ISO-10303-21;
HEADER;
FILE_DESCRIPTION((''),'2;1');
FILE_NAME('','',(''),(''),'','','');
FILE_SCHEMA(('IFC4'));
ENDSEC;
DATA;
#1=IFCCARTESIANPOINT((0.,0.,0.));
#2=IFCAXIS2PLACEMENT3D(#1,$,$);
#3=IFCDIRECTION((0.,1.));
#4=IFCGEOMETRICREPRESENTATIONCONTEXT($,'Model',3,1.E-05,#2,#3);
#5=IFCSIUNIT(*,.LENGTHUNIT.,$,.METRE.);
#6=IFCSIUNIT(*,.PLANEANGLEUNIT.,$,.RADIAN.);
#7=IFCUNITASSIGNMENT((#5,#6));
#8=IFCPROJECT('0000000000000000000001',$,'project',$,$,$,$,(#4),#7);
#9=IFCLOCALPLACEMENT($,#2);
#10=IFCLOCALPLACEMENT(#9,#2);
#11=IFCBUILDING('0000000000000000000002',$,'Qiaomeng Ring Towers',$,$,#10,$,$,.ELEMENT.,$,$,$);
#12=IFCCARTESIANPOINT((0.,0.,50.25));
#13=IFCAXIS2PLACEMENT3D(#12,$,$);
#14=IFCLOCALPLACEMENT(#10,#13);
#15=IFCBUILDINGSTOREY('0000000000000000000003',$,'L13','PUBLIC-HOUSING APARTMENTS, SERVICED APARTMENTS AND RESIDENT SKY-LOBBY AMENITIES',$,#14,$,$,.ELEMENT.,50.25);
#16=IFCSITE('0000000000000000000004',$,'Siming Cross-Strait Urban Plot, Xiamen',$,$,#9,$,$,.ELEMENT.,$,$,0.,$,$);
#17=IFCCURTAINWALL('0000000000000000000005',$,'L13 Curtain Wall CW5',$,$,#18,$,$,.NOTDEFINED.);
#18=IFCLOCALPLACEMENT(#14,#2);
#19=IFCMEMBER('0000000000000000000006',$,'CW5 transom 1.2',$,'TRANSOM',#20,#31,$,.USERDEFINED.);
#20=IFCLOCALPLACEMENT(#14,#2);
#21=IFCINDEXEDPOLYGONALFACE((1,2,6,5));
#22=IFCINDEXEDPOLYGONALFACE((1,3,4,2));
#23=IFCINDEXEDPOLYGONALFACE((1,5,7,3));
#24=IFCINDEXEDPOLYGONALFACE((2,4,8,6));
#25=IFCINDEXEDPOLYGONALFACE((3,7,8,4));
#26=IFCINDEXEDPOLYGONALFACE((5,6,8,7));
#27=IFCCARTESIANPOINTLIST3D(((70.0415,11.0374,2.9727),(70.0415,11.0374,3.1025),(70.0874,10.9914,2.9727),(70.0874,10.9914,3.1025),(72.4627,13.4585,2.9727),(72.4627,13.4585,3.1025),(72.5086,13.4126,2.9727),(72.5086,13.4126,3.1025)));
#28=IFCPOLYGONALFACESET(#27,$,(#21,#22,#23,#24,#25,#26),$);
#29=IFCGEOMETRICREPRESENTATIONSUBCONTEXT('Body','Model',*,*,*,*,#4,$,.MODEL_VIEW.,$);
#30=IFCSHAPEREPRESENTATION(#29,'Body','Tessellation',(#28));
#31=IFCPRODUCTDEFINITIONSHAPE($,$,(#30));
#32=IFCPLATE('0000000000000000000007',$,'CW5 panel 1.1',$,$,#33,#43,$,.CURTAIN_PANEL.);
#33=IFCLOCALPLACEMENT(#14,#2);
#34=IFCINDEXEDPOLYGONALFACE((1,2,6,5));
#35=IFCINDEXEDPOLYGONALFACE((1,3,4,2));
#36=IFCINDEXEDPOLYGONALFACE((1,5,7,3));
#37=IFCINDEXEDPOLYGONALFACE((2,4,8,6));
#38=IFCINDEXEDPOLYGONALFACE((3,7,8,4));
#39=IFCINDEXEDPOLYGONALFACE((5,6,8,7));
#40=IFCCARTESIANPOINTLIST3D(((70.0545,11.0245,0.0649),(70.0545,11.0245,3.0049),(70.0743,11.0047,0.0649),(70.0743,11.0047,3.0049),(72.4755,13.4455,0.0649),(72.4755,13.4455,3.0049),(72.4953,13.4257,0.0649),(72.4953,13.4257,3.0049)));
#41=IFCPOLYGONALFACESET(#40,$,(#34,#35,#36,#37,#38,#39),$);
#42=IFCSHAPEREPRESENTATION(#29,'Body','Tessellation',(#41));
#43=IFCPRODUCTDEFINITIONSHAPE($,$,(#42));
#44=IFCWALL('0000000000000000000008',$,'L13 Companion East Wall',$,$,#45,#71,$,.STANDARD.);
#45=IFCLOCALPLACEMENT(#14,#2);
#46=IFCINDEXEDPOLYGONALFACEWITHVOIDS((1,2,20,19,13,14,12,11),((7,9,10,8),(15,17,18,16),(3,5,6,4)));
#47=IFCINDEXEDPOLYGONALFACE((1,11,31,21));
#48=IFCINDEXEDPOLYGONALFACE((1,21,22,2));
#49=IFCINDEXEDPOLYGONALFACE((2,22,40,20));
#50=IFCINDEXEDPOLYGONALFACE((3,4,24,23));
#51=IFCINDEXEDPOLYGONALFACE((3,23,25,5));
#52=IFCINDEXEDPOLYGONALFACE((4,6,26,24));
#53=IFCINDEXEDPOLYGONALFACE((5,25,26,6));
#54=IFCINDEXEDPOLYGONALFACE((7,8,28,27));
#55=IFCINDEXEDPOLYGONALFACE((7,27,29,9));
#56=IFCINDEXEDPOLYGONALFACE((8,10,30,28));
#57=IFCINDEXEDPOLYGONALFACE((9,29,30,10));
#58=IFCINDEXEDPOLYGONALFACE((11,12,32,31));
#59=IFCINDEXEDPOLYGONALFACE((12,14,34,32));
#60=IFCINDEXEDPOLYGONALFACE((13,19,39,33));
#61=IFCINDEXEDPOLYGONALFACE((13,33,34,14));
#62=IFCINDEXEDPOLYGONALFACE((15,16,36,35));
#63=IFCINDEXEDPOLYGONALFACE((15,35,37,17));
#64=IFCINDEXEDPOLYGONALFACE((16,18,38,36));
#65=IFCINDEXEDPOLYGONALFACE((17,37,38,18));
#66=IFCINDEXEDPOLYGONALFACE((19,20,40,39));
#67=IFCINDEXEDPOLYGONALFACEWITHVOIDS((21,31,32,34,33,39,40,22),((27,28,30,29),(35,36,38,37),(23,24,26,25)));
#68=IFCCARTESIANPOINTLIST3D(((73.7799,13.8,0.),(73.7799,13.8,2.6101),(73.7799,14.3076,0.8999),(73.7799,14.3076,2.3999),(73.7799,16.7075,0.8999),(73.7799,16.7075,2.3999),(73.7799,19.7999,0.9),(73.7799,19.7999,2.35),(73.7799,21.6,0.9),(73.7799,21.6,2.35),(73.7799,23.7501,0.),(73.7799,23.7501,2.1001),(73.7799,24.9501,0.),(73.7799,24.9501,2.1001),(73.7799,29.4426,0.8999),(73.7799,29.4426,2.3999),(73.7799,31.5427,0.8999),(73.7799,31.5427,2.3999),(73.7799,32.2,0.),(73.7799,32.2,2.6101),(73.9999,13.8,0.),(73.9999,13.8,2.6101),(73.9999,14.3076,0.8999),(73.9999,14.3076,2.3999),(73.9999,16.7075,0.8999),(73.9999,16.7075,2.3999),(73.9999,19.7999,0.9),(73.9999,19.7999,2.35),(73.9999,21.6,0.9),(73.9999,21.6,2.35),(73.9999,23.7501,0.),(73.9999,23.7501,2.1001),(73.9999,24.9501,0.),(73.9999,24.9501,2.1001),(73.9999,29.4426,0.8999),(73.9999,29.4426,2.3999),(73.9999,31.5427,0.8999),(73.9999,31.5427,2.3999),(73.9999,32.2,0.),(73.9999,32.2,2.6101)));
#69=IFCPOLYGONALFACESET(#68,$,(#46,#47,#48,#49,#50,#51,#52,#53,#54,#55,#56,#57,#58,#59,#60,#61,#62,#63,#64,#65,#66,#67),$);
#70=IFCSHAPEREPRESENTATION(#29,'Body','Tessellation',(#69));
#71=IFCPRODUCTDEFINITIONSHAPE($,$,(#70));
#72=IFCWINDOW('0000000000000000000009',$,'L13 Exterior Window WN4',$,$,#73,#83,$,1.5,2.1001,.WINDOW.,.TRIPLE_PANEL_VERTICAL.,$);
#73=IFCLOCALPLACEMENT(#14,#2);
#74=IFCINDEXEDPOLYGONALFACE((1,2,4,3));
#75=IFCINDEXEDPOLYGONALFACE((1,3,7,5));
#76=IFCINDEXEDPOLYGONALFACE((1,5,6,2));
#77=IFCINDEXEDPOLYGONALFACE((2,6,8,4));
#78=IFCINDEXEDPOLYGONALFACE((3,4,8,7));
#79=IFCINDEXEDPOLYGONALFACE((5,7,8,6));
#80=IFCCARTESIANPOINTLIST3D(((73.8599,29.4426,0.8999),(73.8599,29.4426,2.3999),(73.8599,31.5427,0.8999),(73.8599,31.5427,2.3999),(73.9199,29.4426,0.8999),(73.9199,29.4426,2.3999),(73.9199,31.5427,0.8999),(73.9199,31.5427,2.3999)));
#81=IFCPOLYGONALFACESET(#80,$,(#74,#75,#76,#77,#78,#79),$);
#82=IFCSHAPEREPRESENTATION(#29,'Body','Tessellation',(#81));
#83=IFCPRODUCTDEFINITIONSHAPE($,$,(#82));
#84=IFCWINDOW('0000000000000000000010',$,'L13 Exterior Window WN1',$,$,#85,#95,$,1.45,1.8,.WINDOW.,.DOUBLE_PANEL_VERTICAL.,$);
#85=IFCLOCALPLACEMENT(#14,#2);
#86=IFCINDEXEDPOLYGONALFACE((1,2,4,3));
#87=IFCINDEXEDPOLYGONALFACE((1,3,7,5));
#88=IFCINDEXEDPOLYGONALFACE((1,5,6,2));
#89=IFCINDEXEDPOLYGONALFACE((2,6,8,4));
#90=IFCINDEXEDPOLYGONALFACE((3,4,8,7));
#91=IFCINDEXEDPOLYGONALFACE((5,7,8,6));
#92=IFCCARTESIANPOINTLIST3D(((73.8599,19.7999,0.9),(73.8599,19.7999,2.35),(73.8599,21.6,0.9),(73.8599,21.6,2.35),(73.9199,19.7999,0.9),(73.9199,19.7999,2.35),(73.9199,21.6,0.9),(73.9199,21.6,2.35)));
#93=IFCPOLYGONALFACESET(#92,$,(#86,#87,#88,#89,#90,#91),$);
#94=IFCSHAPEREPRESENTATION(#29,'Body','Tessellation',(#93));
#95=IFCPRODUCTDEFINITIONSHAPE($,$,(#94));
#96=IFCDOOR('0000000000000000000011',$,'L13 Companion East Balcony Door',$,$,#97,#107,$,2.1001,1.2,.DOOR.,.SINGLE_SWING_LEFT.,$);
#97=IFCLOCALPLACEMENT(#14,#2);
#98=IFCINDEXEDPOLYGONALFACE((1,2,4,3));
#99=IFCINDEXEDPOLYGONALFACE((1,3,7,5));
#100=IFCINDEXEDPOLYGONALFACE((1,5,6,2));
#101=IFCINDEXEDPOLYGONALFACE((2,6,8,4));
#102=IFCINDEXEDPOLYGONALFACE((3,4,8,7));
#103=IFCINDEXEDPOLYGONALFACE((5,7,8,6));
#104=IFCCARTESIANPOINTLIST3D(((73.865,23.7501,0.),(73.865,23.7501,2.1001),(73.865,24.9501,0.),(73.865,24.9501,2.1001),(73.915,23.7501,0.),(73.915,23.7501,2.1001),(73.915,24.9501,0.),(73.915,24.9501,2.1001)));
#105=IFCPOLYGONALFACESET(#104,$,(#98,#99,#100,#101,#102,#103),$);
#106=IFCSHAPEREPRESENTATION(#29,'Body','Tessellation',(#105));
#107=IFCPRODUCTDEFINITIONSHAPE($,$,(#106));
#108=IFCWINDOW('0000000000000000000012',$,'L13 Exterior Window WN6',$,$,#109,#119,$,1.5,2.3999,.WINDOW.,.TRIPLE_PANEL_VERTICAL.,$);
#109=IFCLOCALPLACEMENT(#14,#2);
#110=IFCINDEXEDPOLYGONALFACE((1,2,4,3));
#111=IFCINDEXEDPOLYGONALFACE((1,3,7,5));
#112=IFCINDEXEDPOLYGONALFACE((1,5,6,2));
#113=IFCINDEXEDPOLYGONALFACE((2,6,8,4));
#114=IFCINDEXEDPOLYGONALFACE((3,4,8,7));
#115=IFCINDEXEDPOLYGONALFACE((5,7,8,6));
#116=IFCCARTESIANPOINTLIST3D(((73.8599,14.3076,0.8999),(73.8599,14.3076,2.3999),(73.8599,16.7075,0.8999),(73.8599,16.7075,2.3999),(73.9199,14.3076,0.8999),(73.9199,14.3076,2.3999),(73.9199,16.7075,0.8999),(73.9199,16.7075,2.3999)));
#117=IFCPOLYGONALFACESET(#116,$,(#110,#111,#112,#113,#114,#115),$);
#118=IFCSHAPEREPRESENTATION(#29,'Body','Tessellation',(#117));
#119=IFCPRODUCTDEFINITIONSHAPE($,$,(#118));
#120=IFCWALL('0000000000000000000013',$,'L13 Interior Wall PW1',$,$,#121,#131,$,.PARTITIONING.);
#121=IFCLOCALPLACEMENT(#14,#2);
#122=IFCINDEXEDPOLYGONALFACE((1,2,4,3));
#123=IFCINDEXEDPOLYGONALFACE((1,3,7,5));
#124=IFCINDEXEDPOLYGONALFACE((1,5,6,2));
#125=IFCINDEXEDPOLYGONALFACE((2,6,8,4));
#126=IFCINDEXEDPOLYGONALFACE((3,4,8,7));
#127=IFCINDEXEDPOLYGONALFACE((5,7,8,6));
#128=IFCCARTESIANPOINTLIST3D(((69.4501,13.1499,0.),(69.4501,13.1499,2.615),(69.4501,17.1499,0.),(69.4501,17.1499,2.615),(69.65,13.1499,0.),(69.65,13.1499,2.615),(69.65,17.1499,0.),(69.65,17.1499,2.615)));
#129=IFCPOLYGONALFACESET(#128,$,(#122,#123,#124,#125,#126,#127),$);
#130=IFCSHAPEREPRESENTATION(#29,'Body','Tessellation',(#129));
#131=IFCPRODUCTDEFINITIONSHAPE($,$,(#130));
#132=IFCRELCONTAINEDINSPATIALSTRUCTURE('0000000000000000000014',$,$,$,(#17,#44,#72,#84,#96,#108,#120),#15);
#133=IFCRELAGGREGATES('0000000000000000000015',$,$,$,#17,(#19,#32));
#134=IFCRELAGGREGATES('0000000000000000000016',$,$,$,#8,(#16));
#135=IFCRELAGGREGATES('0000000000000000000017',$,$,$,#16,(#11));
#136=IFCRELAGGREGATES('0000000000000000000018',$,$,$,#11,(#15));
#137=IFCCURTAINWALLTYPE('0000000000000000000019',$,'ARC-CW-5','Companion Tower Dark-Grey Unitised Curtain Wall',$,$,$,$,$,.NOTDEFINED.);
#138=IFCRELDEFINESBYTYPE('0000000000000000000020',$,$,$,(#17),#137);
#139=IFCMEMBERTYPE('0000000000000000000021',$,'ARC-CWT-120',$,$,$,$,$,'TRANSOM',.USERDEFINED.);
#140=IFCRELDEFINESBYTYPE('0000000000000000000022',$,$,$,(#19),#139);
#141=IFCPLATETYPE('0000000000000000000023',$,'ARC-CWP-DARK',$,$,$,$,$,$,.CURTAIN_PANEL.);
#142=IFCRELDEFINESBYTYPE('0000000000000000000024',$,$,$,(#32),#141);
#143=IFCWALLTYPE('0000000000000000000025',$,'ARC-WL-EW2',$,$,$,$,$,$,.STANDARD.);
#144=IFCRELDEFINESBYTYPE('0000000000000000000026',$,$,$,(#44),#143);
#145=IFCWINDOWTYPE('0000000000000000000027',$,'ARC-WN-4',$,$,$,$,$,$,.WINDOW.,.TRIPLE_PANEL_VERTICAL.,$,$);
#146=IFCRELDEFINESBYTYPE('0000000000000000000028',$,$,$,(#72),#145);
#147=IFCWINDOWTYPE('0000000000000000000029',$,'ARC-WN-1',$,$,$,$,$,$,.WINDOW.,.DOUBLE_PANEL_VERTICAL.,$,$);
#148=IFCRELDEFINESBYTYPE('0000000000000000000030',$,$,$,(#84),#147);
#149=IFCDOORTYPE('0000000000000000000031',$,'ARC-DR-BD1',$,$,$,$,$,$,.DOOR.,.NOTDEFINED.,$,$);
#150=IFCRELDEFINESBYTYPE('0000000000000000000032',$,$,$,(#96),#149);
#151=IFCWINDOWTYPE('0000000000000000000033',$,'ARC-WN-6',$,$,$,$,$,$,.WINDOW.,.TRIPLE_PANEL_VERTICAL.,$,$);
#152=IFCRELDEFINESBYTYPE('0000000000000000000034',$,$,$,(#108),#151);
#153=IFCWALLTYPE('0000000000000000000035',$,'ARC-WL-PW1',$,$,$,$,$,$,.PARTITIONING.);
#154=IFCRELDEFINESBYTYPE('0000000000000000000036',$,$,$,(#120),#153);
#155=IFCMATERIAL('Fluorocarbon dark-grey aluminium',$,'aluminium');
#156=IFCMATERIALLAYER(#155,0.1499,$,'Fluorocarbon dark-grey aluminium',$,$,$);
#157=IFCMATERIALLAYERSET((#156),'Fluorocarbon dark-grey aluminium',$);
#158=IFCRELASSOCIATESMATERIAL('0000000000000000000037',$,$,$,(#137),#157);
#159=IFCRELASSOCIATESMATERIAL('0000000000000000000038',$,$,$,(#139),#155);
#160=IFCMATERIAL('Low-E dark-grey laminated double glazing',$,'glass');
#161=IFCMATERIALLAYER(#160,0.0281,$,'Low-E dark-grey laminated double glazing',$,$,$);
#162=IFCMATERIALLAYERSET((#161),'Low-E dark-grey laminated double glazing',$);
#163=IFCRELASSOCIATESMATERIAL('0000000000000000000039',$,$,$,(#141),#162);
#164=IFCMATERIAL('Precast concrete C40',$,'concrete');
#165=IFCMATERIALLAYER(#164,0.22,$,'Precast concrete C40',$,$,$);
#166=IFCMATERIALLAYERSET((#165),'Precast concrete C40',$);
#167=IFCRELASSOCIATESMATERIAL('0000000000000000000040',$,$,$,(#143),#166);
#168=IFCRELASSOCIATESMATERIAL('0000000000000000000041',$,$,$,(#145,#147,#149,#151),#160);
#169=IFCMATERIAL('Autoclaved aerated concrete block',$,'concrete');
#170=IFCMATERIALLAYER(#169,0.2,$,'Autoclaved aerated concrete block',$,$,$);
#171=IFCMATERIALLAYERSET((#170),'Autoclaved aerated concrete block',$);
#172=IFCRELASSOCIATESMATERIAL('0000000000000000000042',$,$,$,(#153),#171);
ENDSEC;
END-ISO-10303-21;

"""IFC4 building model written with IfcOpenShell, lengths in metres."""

from ifc_helpers import new_model, si_unit, direction, frame, frame_2d, origin, origin_2d, place, context, subcontext, project, spatial, rectangle, extrude, source, transform, mapped, material, layer, layer_set, material_profile, profile_set, type_object, element, fill, aggregate, save


model = new_model("IFC4")

# Units and contexts
model_context = context("Model", 3, precision=1e-05, world=origin(), true_north=direction((0.0, 1.0)))
body_context = subcontext(model_context, "Body", "Model", "MODEL_VIEW")
ifc_project = project(units=[si_unit("LENGTHUNIT", "METRE"), si_unit("PLANEANGLEUNIT", "RADIAN")], contexts=[model_context])

# Site, building, storey
site_placement = place(None, origin())
site = spatial("IfcSite", under=ifc_project, at=site_placement, Name="Siming Cross-Strait Urban Plot, Xiamen", CompositionType="ELEMENT", RefElevation=0.0)
building_placement = place(site_placement, origin())
building = spatial("IfcBuilding", under=site, at=building_placement, Name="Qiaomeng Ring Towers", CompositionType="ELEMENT")
storey_placement = place(building_placement, frame((0.0, 0.0, 50.25)))
storey = spatial("IfcBuildingStorey", under=building, at=storey_placement, Name="L13", Description="PUBLIC-HOUSING APARTMENTS, SERVICED APARTMENTS AND RESIDENT SKY-LOBBY AMENITIES", CompositionType="ELEMENT", Elevation=50.25)

# Curtain wall
ifc_material_1 = material(Name="Fluorocarbon dark-grey aluminium", Category="aluminium")
ifc_layer_1 = layer(ifc_material_1, 0.1499, Name="Fluorocarbon dark-grey aluminium")
ifc_layer_set_1 = layer_set([ifc_layer_1], Name="Fluorocarbon dark-grey aluminium")
curtain_wall_type = type_object("IfcCurtainWallType", Name="ARC-CW-5", Description="Companion Tower Dark-Grey Unitised Curtain Wall", PredefinedType="NOTDEFINED", material=ifc_layer_set_1)
curtain_wall_1_placement = place(storey_placement, origin())
curtain_wall_1 = element("IfcCurtainWall", 1, at=curtain_wall_1_placement, inside=storey, type_object=curtain_wall_type, Name="L13 Curtain Wall CW5", PredefinedType="NOTDEFINED")

# Member
ifc_material_profile_1 = material_profile(ifc_material_1, rectangle(XDim=0.0649, YDim=0.1299, at=origin_2d()), Name="ALU TRAN 65x130")
ifc_profile_set_1 = profile_set([ifc_material_profile_1], Name="Fluorocarbon dark-grey aluminium")
member_type_1 = type_object("IfcMemberType", Name="ARC-CWT-120", ElementType="TRANSOM", PredefinedType="USERDEFINED", material=ifc_profile_set_1)
shared_shape_1 = source(origin(), body_context, "Body", "SweptSolid", [
    extrude(rectangle(XDim=0.0649, YDim=0.1299, at=origin_2d()), origin(), (0.0, 0.0, 1.0), 3.4241),
])
member_1_placement = place(storey_placement, frame((70.0645, 11.0144, 3.0376), z_axis=(0.707107, 0.707107, 0.0), x_axis=(-0.707107, 0.707107, 0.0)))
member_1 = element("IfcMember", 2, at=member_1_placement, type_object=member_type_1, Name="CW5 transom 1.2", ObjectType="TRANSOM", PredefinedType="USERDEFINED", context=body_context, shape_type="MappedRepresentation", body=[
    mapped(shared_shape_1, transform((0.0, 0.0, 0.0), x_axis=(1.0, 0.0, 0.0), y_axis=(0.0, 1.0, 0.0), z_axis=(0.0, 0.0, 1.0), scale=1.0)),
])

# Plate
ifc_material_2 = material(Name="Low-E dark-grey laminated double glazing", Category="glass")
ifc_layer_2 = layer(ifc_material_2, 0.0281, Name="Low-E dark-grey laminated double glazing")
ifc_layer_set_2 = layer_set([ifc_layer_2], Name="Low-E dark-grey laminated double glazing")
plate_type = type_object("IfcPlateType", Name="ARC-CWP-DARK", PredefinedType="CURTAIN_PANEL", material=ifc_layer_set_2)
shared_shape_2 = source(origin(), body_context, "Body", "SweptSolid", [
    extrude(rectangle(XDim=3.4238, YDim=0.0281, at=origin_2d()), origin(), (0.0, 0.0, 1.0), 2.9399),
])
plate_placement = place(storey_placement, frame((71.2749, 12.2251, 0.0649), z_axis=(0.0, 0.0, 1.0), x_axis=(0.707107, 0.707107, 0.0)))
plate = element("IfcPlate", 3, at=plate_placement, type_object=plate_type, Name="CW5 panel 1.1", PredefinedType="CURTAIN_PANEL", context=body_context, shape_type="MappedRepresentation", body=[
    mapped(shared_shape_2, transform((0.0, 0.0, 0.0), x_axis=(1.0, 0.0, 0.0), y_axis=(0.0, 1.0, 0.0), z_axis=(0.0, 0.0, 1.0), scale=1.0)),
])
aggregate(curtain_wall_1, [member_1, plate])

# Wall, openings, windows, door
ifc_material_3 = material(Name="Precast concrete C40", Category="concrete")
ifc_layer_3 = layer(ifc_material_3, 0.22, Name="Precast concrete C40")
ifc_layer_set_3 = layer_set([ifc_layer_3], Name="Precast concrete C40")
wall_type_1 = type_object("IfcWallType", Name="ARC-WL-EW2", PredefinedType="STANDARD", material=ifc_layer_set_3)
wall_1_placement = place(storey_placement, frame((73.8899, 13.8, 0.0), z_axis=(0.0, 0.0, 1.0), x_axis=(0.0, 1.0, 0.0)))
wall_1 = element("IfcWall", 4, at=wall_1_placement, inside=storey, type_object=wall_type_1, Name="L13 Companion East Wall", PredefinedType="STANDARD", context=body_context, shape_type="SweptSolid", body=[
    extrude(rectangle(XDim=18.3999, YDim=0.22, at=frame_2d((9.2, 0.0))), origin(), (0.0, 0.0, 1.0), 2.6101),
])
opening_1_placement = place(wall_1_placement, frame((9.95, 0.0, 0.0)))
opening_1 = element("IfcOpeningElement", 5, at=opening_1_placement, cuts=wall_1, PredefinedType="OPENING", context=body_context, shape_type="SweptSolid", body=[
    extrude(rectangle(XDim=1.2, YDim=2.1001, at=frame_2d((0.6001, 1.05))), frame((0.0, 0.1199, 0.0), z_axis=(0.0, -1.0, 0.0), x_axis=(1.0, 0.0, 0.0)), (0.0, 0.0, 1.0), 0.24),
])
opening_2_placement = place(wall_1_placement, frame((0.5076, 0.0, 0.8999)))
opening_2 = element("IfcOpeningElement", 6, at=opening_2_placement, cuts=wall_1, PredefinedType="OPENING", context=body_context, shape_type="SweptSolid", body=[
    extrude(rectangle(XDim=2.3999, YDim=1.5, at=frame_2d((1.2, 0.75))), frame((0.0, 0.1199, 0.0), z_axis=(0.0, -1.0, 0.0), x_axis=(1.0, 0.0, 0.0)), (0.0, 0.0, 1.0), 0.24),
])
opening_3_placement = place(wall_1_placement, frame((6.0, 0.0, 0.8999)))
opening_3 = element("IfcOpeningElement", 7, at=opening_3_placement, cuts=wall_1, PredefinedType="OPENING", context=body_context, shape_type="SweptSolid", body=[
    extrude(rectangle(XDim=1.8, YDim=1.45, at=frame_2d((0.8999, 0.7251))), frame((0.0, 0.1199, 0.0), z_axis=(0.0, -1.0, 0.0), x_axis=(1.0, 0.0, 0.0)), (0.0, 0.0, 1.0), 0.24),
])
opening_4_placement = place(wall_1_placement, frame((15.6426, 0.0, 0.8999)))
opening_4 = element("IfcOpeningElement", 8, at=opening_4_placement, cuts=wall_1, PredefinedType="OPENING", context=body_context, shape_type="SweptSolid", body=[
    extrude(rectangle(XDim=2.1001, YDim=1.5, at=frame_2d((1.05, 0.75))), frame((0.0, 0.1199, 0.0), z_axis=(0.0, -1.0, 0.0), x_axis=(1.0, 0.0, 0.0)), (0.0, 0.0, 1.0), 0.24),
])
window_type_1 = type_object("IfcWindowType", Name="ARC-WN-4", PartitioningType="TRIPLE_PANEL_VERTICAL", PredefinedType="WINDOW", material=ifc_material_2)
shared_shape_3 = source(origin(), body_context, "Body", "SweptSolid", [
    extrude(rectangle(XDim=2.1001, YDim=1.5, at=frame_2d((1.05, 0.75))), frame((0.0, 0.03, 0.0), z_axis=(0.0, -1.0, 0.0), x_axis=(1.0, 0.0, 0.0)), (0.0, 0.0, 1.0), 0.0601),
])
window_1_placement = place(opening_4_placement, origin())
window_1 = element("IfcWindow", 9, at=window_1_placement, inside=storey, type_object=window_type_1, Name="L13 Exterior Window WN4", OverallHeight=1.5, OverallWidth=2.1001, PartitioningType="TRIPLE_PANEL_VERTICAL", PredefinedType="WINDOW", context=body_context, shape_type="MappedRepresentation", body=[
    mapped(shared_shape_3, transform((0.0, 0.0, 0.0), x_axis=(1.0, 0.0, 0.0), y_axis=(0.0, 1.0, 0.0), z_axis=(0.0, 0.0, 1.0), scale=1.0)),
])
fill(opening_4, window_1)
window_type_2 = type_object("IfcWindowType", Name="ARC-WN-1", PartitioningType="DOUBLE_PANEL_VERTICAL", PredefinedType="WINDOW", material=ifc_material_2)
shared_shape_4 = source(origin(), body_context, "Body", "SweptSolid", [
    extrude(rectangle(XDim=1.8, YDim=1.45, at=frame_2d((0.8999, 0.7251))), frame((0.0, 0.03, 0.0), z_axis=(0.0, -1.0, 0.0), x_axis=(1.0, 0.0, 0.0)), (0.0, 0.0, 1.0), 0.0601),
])
window_2_placement = place(opening_3_placement, origin())
window_2 = element("IfcWindow", 10, at=window_2_placement, inside=storey, type_object=window_type_2, Name="L13 Exterior Window WN1", OverallHeight=1.45, OverallWidth=1.8, PartitioningType="DOUBLE_PANEL_VERTICAL", PredefinedType="WINDOW", context=body_context, shape_type="MappedRepresentation", body=[
    mapped(shared_shape_4, transform((0.0, 0.0, 0.0), x_axis=(1.0, 0.0, 0.0), y_axis=(0.0, 1.0, 0.0), z_axis=(0.0, 0.0, 1.0), scale=1.0)),
])
fill(opening_3, window_2)
door_type_1 = type_object("IfcDoorType", Name="ARC-DR-BD1", OperationType="NOTDEFINED", PredefinedType="DOOR", material=ifc_material_2)
shared_shape_5 = source(origin(), body_context, "Body", "SweptSolid", [
    extrude(rectangle(XDim=1.2, YDim=2.1001, at=frame_2d((0.6001, 1.05))), frame((0.0, 0.0249, 0.0), z_axis=(0.0, -1.0, 0.0), x_axis=(1.0, 0.0, 0.0)), (0.0, 0.0, 1.0), 0.05),
])
door_1_placement = place(opening_1_placement, origin())
door_1 = element("IfcDoor", 11, at=door_1_placement, inside=storey, type_object=door_type_1, Name="L13 Companion East Balcony Door", OperationType="SINGLE_SWING_LEFT", OverallHeight=2.1001, OverallWidth=1.2, PredefinedType="DOOR", context=body_context, shape_type="MappedRepresentation", body=[
    mapped(shared_shape_5, transform((0.0, 0.0, 0.0), x_axis=(1.0, 0.0, 0.0), y_axis=(0.0, 1.0, 0.0), z_axis=(0.0, 0.0, 1.0), scale=1.0)),
])
fill(opening_1, door_1)
window_type_3 = type_object("IfcWindowType", Name="ARC-WN-6", PartitioningType="TRIPLE_PANEL_VERTICAL", PredefinedType="WINDOW", material=ifc_material_2)
shared_shape_6 = source(origin(), body_context, "Body", "SweptSolid", [
    extrude(rectangle(XDim=2.3999, YDim=1.5, at=frame_2d((1.2, 0.75))), frame((0.0, 0.03, 0.0), z_axis=(0.0, -1.0, 0.0), x_axis=(1.0, 0.0, 0.0)), (0.0, 0.0, 1.0), 0.0601),
])
window_3_placement = place(opening_2_placement, origin())
window_3 = element("IfcWindow", 12, at=window_3_placement, inside=storey, type_object=window_type_3, Name="L13 Exterior Window WN6", OverallHeight=1.5, OverallWidth=2.3999, PartitioningType="TRIPLE_PANEL_VERTICAL", PredefinedType="WINDOW", context=body_context, shape_type="MappedRepresentation", body=[
    mapped(shared_shape_6, transform((0.0, 0.0, 0.0), x_axis=(1.0, 0.0, 0.0), y_axis=(0.0, 1.0, 0.0), z_axis=(0.0, 0.0, 1.0), scale=1.0)),
])
fill(opening_2, window_3)

# Wall
ifc_material_4 = material(Name="Autoclaved aerated concrete block", Category="concrete")
ifc_layer_4 = layer(ifc_material_4, 0.2, Name="Autoclaved aerated concrete block")
ifc_layer_set_4 = layer_set([ifc_layer_4], Name="Autoclaved aerated concrete block")
wall_type_2 = type_object("IfcWallType", Name="ARC-WL-PW1", PredefinedType="PARTITIONING", material=ifc_layer_set_4)
wall_2_placement = place(storey_placement, frame((69.55, 13.1499, 0.0), z_axis=(0.0, 0.0, 1.0), x_axis=(0.0, 1.0, 0.0)))
element("IfcWall", 13, at=wall_2_placement, inside=storey, type_object=wall_type_2, Name="L13 Interior Wall PW1", PredefinedType="PARTITIONING", context=body_context, shape_type="SweptSolid", body=[
    extrude(rectangle(XDim=4.0, YDim=0.2, at=frame_2d((2.0, 0.0))), origin(), (0.0, 0.0, 1.0), 2.615),
])

save(model, "model.ifc")
